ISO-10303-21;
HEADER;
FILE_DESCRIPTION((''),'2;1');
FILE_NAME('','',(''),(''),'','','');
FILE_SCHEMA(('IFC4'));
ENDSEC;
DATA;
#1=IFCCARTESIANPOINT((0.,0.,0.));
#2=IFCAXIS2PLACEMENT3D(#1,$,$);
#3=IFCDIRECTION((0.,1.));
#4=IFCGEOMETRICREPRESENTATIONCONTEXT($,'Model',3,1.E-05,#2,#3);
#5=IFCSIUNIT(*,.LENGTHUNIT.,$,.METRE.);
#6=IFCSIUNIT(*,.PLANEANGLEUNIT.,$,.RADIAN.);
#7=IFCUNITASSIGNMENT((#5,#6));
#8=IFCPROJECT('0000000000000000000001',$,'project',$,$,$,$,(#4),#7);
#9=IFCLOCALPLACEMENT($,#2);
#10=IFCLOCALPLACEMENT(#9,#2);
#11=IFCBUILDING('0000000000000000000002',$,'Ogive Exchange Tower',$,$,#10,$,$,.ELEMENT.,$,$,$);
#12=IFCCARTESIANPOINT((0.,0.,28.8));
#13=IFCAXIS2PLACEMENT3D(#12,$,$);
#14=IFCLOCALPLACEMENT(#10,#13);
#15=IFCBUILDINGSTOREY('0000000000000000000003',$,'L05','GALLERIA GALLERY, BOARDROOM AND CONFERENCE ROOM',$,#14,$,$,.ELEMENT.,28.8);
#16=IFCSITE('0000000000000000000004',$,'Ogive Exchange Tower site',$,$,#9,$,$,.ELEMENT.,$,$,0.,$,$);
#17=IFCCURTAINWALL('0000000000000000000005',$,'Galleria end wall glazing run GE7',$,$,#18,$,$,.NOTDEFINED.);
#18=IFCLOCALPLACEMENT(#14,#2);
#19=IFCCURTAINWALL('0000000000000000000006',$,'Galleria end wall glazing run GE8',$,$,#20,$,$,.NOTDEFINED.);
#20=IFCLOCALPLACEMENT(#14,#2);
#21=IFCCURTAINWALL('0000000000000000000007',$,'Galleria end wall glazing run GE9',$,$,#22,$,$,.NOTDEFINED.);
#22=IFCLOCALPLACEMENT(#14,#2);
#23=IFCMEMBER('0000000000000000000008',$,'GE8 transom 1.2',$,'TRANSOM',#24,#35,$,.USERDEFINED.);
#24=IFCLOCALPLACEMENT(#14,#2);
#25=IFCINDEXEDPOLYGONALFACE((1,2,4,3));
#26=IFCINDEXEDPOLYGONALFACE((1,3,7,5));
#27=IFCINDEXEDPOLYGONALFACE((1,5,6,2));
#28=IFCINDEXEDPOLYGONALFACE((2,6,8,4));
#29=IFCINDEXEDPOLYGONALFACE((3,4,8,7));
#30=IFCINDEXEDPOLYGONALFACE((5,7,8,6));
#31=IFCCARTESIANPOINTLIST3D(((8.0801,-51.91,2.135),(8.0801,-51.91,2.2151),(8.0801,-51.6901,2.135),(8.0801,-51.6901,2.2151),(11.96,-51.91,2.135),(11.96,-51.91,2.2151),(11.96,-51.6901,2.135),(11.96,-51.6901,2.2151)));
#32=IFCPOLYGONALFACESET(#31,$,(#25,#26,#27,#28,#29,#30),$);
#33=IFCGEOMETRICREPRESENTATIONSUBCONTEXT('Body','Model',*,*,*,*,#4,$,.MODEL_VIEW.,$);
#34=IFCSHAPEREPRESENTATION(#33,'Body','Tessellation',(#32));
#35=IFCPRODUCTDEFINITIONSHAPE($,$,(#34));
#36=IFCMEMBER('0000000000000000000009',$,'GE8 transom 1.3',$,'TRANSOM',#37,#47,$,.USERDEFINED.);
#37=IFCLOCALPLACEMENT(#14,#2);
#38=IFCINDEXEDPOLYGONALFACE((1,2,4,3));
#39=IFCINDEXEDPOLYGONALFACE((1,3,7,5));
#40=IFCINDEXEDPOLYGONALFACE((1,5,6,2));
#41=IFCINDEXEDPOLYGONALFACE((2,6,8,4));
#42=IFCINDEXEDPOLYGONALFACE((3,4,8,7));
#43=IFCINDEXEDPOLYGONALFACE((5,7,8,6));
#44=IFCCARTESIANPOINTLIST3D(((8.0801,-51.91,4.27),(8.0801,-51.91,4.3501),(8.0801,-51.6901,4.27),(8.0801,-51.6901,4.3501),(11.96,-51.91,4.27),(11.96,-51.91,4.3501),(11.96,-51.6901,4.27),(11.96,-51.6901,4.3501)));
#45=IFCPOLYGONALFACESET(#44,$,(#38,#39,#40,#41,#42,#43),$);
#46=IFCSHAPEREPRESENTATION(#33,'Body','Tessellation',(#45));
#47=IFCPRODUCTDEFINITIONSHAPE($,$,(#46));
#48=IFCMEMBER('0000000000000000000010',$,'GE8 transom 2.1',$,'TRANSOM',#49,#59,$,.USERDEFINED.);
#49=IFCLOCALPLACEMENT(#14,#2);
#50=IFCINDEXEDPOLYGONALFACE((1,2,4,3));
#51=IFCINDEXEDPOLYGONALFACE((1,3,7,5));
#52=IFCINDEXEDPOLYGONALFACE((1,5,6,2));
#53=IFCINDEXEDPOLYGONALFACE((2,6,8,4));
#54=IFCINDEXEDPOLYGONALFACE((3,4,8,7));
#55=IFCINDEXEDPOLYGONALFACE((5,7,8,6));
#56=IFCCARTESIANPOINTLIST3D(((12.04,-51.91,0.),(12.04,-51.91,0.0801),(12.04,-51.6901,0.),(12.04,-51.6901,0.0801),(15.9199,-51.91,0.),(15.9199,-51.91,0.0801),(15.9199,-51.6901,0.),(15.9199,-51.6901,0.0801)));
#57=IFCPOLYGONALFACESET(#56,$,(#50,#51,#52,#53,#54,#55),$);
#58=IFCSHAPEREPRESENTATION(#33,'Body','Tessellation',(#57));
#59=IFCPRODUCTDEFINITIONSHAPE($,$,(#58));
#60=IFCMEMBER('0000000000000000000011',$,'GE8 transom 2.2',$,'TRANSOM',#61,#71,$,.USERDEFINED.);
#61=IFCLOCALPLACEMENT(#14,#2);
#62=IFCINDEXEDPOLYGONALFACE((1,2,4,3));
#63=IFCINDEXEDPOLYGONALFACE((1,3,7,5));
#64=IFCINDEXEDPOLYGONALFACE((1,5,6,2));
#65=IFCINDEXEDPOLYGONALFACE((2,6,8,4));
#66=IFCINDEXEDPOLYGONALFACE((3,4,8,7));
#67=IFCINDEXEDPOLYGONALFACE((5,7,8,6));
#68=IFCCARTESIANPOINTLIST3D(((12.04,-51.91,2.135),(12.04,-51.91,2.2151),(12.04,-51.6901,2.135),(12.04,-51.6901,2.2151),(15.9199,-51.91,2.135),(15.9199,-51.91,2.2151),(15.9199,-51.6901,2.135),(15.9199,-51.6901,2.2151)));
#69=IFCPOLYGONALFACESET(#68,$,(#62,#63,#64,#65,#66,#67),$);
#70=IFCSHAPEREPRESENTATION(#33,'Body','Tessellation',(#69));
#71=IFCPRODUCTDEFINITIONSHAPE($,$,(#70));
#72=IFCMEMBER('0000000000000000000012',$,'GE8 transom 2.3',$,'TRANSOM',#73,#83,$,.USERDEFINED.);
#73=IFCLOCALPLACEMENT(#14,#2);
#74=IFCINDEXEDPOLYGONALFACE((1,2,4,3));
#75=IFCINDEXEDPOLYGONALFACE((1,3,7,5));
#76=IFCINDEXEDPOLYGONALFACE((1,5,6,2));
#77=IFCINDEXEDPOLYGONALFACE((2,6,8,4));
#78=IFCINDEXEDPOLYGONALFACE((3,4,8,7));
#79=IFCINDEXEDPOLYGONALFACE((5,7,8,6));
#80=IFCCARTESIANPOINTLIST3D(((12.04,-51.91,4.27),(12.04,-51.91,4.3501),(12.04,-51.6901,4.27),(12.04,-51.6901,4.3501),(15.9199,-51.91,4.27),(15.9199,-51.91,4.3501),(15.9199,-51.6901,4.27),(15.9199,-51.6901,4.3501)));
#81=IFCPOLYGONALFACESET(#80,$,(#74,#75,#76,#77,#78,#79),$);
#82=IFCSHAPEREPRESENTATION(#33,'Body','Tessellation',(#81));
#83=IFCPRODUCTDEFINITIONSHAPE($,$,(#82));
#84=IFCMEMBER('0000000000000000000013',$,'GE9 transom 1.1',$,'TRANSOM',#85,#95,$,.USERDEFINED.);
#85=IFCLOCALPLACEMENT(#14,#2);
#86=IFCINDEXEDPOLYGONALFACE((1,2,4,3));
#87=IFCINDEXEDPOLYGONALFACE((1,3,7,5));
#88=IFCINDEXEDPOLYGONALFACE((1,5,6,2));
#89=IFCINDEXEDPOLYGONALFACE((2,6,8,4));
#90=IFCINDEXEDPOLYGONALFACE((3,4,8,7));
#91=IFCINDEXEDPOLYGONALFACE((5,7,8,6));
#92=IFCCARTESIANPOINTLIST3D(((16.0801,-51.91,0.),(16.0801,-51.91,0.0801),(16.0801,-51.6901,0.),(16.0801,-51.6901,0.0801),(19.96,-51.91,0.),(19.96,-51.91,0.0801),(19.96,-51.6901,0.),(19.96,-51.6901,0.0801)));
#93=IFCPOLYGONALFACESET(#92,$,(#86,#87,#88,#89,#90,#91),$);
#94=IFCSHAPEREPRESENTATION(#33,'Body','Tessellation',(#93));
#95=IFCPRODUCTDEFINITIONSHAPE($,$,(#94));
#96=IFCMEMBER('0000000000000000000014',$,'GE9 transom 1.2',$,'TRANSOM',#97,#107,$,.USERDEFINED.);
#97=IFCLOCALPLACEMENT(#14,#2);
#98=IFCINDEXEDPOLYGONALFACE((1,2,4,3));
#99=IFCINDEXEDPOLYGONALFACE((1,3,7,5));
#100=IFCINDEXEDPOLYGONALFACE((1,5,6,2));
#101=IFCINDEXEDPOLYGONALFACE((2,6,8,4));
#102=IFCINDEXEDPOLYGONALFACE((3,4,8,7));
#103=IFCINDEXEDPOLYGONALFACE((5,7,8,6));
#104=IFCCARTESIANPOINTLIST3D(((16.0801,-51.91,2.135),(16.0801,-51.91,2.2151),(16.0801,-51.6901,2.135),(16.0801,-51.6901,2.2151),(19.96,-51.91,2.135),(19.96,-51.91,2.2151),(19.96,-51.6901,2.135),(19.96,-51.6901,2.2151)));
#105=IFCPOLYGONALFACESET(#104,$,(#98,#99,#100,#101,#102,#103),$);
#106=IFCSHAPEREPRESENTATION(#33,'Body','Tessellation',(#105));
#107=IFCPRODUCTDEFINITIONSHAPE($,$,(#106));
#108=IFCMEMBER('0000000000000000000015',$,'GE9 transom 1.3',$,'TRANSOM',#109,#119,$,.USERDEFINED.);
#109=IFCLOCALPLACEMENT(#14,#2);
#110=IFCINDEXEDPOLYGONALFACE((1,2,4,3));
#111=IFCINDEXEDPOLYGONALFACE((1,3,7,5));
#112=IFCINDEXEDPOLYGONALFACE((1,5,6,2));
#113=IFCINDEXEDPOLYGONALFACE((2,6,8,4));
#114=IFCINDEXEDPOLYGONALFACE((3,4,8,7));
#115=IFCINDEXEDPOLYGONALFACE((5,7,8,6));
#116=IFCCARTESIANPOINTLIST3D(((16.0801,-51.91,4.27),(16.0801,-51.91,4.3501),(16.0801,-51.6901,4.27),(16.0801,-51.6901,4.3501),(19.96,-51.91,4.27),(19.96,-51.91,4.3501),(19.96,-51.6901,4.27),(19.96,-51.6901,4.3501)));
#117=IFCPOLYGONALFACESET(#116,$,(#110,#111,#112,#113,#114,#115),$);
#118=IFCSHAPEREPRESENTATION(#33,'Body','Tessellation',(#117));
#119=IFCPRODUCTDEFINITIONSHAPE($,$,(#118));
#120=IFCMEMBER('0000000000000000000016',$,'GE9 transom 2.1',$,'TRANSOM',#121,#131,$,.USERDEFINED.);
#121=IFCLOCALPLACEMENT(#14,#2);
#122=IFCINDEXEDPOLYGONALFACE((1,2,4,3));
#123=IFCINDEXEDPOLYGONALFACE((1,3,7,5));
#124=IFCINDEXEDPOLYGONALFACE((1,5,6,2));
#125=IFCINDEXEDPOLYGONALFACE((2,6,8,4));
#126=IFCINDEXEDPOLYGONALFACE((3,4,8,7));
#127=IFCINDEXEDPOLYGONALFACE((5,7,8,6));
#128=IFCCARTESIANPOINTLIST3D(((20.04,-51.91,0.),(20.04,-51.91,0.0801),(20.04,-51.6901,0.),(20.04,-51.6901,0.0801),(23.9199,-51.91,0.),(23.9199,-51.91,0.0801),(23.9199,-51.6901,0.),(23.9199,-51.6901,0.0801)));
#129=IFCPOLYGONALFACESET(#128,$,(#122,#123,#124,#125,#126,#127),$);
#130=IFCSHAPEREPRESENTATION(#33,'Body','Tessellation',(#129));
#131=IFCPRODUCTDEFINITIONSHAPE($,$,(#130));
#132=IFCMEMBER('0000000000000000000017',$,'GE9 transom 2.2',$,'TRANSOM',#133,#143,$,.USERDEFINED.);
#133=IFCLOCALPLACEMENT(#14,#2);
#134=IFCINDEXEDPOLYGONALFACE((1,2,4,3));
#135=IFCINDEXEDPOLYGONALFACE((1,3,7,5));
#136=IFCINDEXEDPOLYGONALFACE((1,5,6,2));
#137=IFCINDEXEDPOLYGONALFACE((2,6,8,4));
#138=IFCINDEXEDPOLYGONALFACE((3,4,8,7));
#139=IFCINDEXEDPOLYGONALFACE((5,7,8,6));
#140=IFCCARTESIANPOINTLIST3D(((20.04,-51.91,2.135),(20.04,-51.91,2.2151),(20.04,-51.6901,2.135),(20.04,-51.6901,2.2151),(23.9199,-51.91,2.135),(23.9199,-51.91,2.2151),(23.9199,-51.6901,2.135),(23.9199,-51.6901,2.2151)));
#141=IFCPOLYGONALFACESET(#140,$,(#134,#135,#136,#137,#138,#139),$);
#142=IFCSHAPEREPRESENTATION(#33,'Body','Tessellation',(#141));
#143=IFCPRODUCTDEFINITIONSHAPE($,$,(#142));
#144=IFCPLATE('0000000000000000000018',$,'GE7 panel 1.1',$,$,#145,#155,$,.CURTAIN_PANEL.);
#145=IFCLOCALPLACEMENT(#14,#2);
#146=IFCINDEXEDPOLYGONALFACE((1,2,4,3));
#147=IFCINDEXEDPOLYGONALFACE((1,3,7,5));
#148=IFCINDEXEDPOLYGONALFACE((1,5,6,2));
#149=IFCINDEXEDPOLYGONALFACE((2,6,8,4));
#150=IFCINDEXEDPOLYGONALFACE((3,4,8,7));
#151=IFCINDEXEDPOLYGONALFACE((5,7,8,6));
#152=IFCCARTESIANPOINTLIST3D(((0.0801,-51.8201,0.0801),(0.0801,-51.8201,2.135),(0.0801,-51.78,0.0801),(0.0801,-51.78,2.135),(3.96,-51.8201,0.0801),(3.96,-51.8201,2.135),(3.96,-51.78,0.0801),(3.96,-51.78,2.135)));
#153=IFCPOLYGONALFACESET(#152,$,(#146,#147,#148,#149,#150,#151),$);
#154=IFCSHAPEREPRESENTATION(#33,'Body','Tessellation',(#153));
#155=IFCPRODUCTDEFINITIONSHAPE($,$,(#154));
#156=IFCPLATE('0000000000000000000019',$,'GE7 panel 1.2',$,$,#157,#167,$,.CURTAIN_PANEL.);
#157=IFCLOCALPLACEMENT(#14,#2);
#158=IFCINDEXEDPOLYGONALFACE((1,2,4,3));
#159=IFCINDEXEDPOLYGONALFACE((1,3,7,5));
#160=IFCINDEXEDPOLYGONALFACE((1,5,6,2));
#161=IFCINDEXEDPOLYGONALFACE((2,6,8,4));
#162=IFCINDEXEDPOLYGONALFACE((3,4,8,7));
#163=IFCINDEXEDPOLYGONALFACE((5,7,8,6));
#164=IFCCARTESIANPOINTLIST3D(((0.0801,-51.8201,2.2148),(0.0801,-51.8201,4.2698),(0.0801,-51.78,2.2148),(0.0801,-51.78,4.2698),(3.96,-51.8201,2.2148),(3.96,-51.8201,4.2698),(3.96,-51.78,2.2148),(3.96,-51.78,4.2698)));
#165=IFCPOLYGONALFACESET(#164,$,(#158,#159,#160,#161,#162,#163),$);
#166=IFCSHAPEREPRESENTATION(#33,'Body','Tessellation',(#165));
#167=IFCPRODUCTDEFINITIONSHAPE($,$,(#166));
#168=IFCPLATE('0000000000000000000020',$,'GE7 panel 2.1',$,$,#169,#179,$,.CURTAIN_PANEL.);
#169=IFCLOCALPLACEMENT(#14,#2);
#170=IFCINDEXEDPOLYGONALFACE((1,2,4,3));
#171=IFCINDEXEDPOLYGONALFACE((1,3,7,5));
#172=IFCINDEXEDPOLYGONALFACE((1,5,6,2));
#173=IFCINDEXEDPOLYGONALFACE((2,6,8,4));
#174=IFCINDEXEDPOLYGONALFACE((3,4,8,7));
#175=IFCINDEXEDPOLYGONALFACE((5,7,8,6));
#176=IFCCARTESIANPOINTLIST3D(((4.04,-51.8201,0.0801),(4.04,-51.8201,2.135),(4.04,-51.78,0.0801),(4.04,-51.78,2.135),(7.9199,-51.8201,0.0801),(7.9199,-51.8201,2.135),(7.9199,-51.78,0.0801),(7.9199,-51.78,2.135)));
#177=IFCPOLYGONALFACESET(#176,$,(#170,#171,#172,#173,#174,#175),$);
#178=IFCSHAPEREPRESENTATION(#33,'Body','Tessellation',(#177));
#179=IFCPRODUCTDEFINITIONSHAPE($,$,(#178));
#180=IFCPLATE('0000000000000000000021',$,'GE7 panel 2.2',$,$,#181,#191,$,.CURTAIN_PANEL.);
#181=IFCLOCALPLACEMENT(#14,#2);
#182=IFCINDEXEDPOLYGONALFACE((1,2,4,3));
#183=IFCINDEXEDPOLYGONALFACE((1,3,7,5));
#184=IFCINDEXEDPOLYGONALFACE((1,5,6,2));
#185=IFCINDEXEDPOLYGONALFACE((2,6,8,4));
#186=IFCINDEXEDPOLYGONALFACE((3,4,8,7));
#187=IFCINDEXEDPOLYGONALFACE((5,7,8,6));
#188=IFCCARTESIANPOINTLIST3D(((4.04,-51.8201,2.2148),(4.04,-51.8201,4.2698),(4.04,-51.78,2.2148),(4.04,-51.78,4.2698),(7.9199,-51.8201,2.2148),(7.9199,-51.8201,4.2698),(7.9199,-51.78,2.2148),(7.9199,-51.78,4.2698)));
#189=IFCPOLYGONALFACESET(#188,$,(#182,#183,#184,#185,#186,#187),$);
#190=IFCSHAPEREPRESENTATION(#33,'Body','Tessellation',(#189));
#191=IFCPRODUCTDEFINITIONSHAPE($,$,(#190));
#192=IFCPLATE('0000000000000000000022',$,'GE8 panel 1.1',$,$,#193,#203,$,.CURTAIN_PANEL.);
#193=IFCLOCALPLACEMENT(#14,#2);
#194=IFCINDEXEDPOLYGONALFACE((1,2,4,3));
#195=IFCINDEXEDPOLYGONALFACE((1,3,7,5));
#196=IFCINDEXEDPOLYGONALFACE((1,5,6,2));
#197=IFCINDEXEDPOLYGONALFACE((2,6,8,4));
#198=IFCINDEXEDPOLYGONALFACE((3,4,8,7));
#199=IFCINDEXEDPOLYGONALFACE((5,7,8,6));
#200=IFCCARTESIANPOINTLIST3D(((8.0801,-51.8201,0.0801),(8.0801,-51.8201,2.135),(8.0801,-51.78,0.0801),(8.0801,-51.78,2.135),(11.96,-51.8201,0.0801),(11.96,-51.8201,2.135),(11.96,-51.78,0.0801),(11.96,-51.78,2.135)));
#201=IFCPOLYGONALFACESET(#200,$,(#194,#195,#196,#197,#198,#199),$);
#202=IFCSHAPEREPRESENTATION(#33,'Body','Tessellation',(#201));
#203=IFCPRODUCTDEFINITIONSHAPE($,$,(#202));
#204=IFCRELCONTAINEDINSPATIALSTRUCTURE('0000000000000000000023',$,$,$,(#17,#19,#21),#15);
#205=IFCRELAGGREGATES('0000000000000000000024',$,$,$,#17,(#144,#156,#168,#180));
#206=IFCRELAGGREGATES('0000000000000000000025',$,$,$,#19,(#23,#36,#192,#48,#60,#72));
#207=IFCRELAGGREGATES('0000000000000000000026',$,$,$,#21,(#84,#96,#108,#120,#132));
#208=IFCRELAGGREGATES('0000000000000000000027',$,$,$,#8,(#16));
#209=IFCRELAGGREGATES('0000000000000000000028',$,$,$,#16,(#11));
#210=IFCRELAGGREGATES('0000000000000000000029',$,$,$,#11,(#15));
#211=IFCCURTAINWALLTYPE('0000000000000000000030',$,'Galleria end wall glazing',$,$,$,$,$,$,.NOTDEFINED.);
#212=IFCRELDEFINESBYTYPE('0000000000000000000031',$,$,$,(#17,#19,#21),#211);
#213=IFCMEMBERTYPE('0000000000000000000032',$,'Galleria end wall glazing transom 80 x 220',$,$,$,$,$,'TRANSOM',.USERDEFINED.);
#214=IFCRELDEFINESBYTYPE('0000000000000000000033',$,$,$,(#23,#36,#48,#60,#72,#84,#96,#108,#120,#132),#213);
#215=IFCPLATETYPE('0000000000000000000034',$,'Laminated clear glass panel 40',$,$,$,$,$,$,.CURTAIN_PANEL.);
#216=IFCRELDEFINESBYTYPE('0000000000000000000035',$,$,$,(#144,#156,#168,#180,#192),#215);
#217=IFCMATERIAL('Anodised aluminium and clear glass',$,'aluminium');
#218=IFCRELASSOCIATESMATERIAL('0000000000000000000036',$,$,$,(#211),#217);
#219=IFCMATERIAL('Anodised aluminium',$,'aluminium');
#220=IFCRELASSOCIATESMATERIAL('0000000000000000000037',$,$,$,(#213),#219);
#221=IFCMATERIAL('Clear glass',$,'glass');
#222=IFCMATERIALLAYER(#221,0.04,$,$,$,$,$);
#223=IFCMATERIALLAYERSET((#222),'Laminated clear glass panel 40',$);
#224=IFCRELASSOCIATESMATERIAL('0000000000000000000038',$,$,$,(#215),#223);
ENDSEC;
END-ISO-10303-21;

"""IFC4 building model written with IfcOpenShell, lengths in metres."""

from ifc_helpers import new_model, si_unit, direction, frame, origin, origin_2d, place, context, subcontext, project, spatial, rectangle, extrude, material, layer, layer_set, material_profile, profile_set, type_object, element, aggregate, save


model = new_model("IFC4")

# Units and contexts
model_context = context("Model", 3, precision=1e-05, world=origin(), true_north=direction((0.0, 1.0)))
body_context = subcontext(model_context, "Body", "Model", "MODEL_VIEW")
ifc_project = project(units=[si_unit("LENGTHUNIT", "METRE"), si_unit("PLANEANGLEUNIT", "RADIAN")], contexts=[model_context])

# Site, building, storey
site_placement = place(None, origin())
site = spatial("IfcSite", under=ifc_project, at=site_placement, Name="Ogive Exchange Tower site", CompositionType="ELEMENT", RefElevation=0.0)
building_placement = place(site_placement, origin())
building = spatial("IfcBuilding", under=site, at=building_placement, Name="Ogive Exchange Tower", CompositionType="ELEMENT")
storey_placement = place(building_placement, frame((0.0, 0.0, 28.8)))
storey = spatial("IfcBuildingStorey", under=building, at=storey_placement, Name="L05", Description="GALLERIA GALLERY, BOARDROOM AND CONFERENCE ROOM", CompositionType="ELEMENT", Elevation=28.8)

# Curtain walls
ifc_material_1 = material(Name="Anodised aluminium and clear glass", Category="aluminium")
curtain_wall_type = type_object("IfcCurtainWallType", Name="Galleria end wall glazing", PredefinedType="NOTDEFINED", material=ifc_material_1)
curtain_wall_1_placement = place(storey_placement, origin())
curtain_wall_1 = element("IfcCurtainWall", 1, at=curtain_wall_1_placement, inside=storey, type_object=curtain_wall_type, Name="Galleria end wall glazing run GE7", PredefinedType="NOTDEFINED")
ifc_material_2 = material(Name="Anodised aluminium", Category="aluminium")
curtain_wall_2_placement = place(storey_placement, origin())
curtain_wall_2 = element("IfcCurtainWall", 2, at=curtain_wall_2_placement, inside=storey, type_object=curtain_wall_type, Name="Galleria end wall glazing run GE8", PredefinedType="NOTDEFINED")
curtain_wall_3_placement = place(storey_placement, origin())
curtain_wall_3 = element("IfcCurtainWall", 3, at=curtain_wall_3_placement, inside=storey, type_object=curtain_wall_type, Name="Galleria end wall glazing run GE9", PredefinedType="NOTDEFINED")

# Members
ifc_material_profile_1 = material_profile(ifc_material_2, rectangle(XDim=0.22, YDim=0.0801, at=origin_2d()), Name="AL 80x220")
ifc_profile_set_1 = profile_set([ifc_material_profile_1], Name="Anodised aluminium")
member_type_1 = type_object("IfcMemberType", Name="Galleria end wall glazing transom 80 x 220", ElementType="TRANSOM", PredefinedType="USERDEFINED", material=ifc_profile_set_1)
member_1_placement = place(storey_placement, frame((8.0801, -51.8, 2.175), z_axis=(1.0, 0.0, 0.0), x_axis=(0.0, 1.0, 0.0)))
member_1 = element("IfcMember", 4, at=member_1_placement, type_object=member_type_1, Name="GE8 transom 1.2", ObjectType="TRANSOM", PredefinedType="USERDEFINED", context=body_context, shape_type="SweptSolid", body=[
    extrude(rectangle(XDim=0.22, YDim=0.0801, at=origin_2d()), origin(), (0.0, 0.0, 1.0), 3.8799),
])
member_2_placement = place(storey_placement, frame((8.0801, -51.8, 4.3101), z_axis=(1.0, 0.0, 0.0), x_axis=(0.0, 1.0, 0.0)))
member_2 = element("IfcMember", 5, at=member_2_placement, type_object=member_type_1, Name="GE8 transom 1.3", ObjectType="TRANSOM", PredefinedType="USERDEFINED", context=body_context, shape_type="SweptSolid", body=[
    extrude(rectangle(XDim=0.22, YDim=0.0801, at=origin_2d()), origin(), (0.0, 0.0, 1.0), 3.8799),
])
member_3_placement = place(storey_placement, frame((12.04, -51.8, 0.04), z_axis=(1.0, 0.0, 0.0), x_axis=(0.0, 1.0, 0.0)))
member_3 = element("IfcMember", 6, at=member_3_placement, type_object=member_type_1, Name="GE8 transom 2.1", ObjectType="TRANSOM", PredefinedType="USERDEFINED", context=body_context, shape_type="SweptSolid", body=[
    extrude(rectangle(XDim=0.22, YDim=0.0801, at=origin_2d()), origin(), (0.0, 0.0, 1.0), 3.8799),
])
member_4_placement = place(storey_placement, frame((12.04, -51.8, 2.175), z_axis=(1.0, 0.0, 0.0), x_axis=(0.0, 1.0, 0.0)))
member_4 = element("IfcMember", 7, at=member_4_placement, type_object=member_type_1, Name="GE8 transom 2.2", ObjectType="TRANSOM", PredefinedType="USERDEFINED", context=body_context, shape_type="SweptSolid", body=[
    extrude(rectangle(XDim=0.22, YDim=0.0801, at=origin_2d()), origin(), (0.0, 0.0, 1.0), 3.8799),
])
member_5_placement = place(storey_placement, frame((12.04, -51.8, 4.3101), z_axis=(1.0, 0.0, 0.0), x_axis=(0.0, 1.0, 0.0)))
member_5 = element("IfcMember", 8, at=member_5_placement, type_object=member_type_1, Name="GE8 transom 2.3", ObjectType="TRANSOM", PredefinedType="USERDEFINED", context=body_context, shape_type="SweptSolid", body=[
    extrude(rectangle(XDim=0.22, YDim=0.0801, at=origin_2d()), origin(), (0.0, 0.0, 1.0), 3.8799),
])
member_6_placement = place(storey_placement, frame((16.0801, -51.8, 0.04), z_axis=(1.0, 0.0, 0.0), x_axis=(0.0, 1.0, 0.0)))
member_6 = element("IfcMember", 9, at=member_6_placement, type_object=member_type_1, Name="GE9 transom 1.1", ObjectType="TRANSOM", PredefinedType="USERDEFINED", context=body_context, shape_type="SweptSolid", body=[
    extrude(rectangle(XDim=0.22, YDim=0.0801, at=origin_2d()), origin(), (0.0, 0.0, 1.0), 3.8799),
])
member_7_placement = place(storey_placement, frame((16.0801, -51.8, 2.175), z_axis=(1.0, 0.0, 0.0), x_axis=(0.0, 1.0, 0.0)))
member_7 = element("IfcMember", 10, at=member_7_placement, type_object=member_type_1, Name="GE9 transom 1.2", ObjectType="TRANSOM", PredefinedType="USERDEFINED", context=body_context, shape_type="SweptSolid", body=[
    extrude(rectangle(XDim=0.22, YDim=0.0801, at=origin_2d()), origin(), (0.0, 0.0, 1.0), 3.8799),
])
member_8_placement = place(storey_placement, frame((16.0801, -51.8, 4.3101), z_axis=(1.0, 0.0, 0.0), x_axis=(0.0, 1.0, 0.0)))
member_8 = element("IfcMember", 11, at=member_8_placement, type_object=member_type_1, Name="GE9 transom 1.3", ObjectType="TRANSOM", PredefinedType="USERDEFINED", context=body_context, shape_type="SweptSolid", body=[
    extrude(rectangle(XDim=0.22, YDim=0.0801, at=origin_2d()), origin(), (0.0, 0.0, 1.0), 3.8799),
])
member_9_placement = place(storey_placement, frame((20.04, -51.8, 0.04), z_axis=(1.0, 0.0, 0.0), x_axis=(0.0, 1.0, 0.0)))
member_9 = element("IfcMember", 12, at=member_9_placement, type_object=member_type_1, Name="GE9 transom 2.1", ObjectType="TRANSOM", PredefinedType="USERDEFINED", context=body_context, shape_type="SweptSolid", body=[
    extrude(rectangle(XDim=0.22, YDim=0.0801, at=origin_2d()), origin(), (0.0, 0.0, 1.0), 3.8799),
])
member_10_placement = place(storey_placement, frame((20.04, -51.8, 2.175), z_axis=(1.0, 0.0, 0.0), x_axis=(0.0, 1.0, 0.0)))
member_10 = element("IfcMember", 13, at=member_10_placement, type_object=member_type_1, Name="GE9 transom 2.2", ObjectType="TRANSOM", PredefinedType="USERDEFINED", context=body_context, shape_type="SweptSolid", body=[
    extrude(rectangle(XDim=0.22, YDim=0.0801, at=origin_2d()), origin(), (0.0, 0.0, 1.0), 3.8799),
])

# Plates
ifc_material_3 = material(Name="Clear glass", Category="glass")
ifc_layer = layer(ifc_material_3, 0.04)
ifc_layer_set = layer_set([ifc_layer], Name="Laminated clear glass panel 40")
plate_type = type_object("IfcPlateType", Name="Laminated clear glass panel 40", PredefinedType="CURTAIN_PANEL", material=ifc_layer_set)
plate_1_placement = place(storey_placement, frame((2.02, -51.8, 0.0801), z_axis=(0.0, 0.0, 1.0), x_axis=(1.0, 0.0, 0.0)))
plate_1 = element("IfcPlate", 14, at=plate_1_placement, type_object=plate_type, Name="GE7 panel 1.1", PredefinedType="CURTAIN_PANEL", context=body_context, shape_type="SweptSolid", body=[
    extrude(rectangle(XDim=3.8799, YDim=0.04, at=origin_2d()), origin(), (0.0, 0.0, 1.0), 2.0549),
])
plate_2_placement = place(storey_placement, frame((2.02, -51.8, 2.2148), z_axis=(0.0, 0.0, 1.0), x_axis=(1.0, 0.0, 0.0)))
plate_2 = element("IfcPlate", 15, at=plate_2_placement, type_object=plate_type, Name="GE7 panel 1.2", PredefinedType="CURTAIN_PANEL", context=body_context, shape_type="SweptSolid", body=[
    extrude(rectangle(XDim=3.8799, YDim=0.04, at=origin_2d()), origin(), (0.0, 0.0, 1.0), 2.0549),
])
plate_3_placement = place(storey_placement, frame((5.98, -51.8, 0.0801), z_axis=(0.0, 0.0, 1.0), x_axis=(1.0, 0.0, 0.0)))
plate_3 = element("IfcPlate", 16, at=plate_3_placement, type_object=plate_type, Name="GE7 panel 2.1", PredefinedType="CURTAIN_PANEL", context=body_context, shape_type="SweptSolid", body=[
    extrude(rectangle(XDim=3.8799, YDim=0.04, at=origin_2d()), origin(), (0.0, 0.0, 1.0), 2.0549),
])
plate_4_placement = place(storey_placement, frame((5.98, -51.8, 2.2148), z_axis=(0.0, 0.0, 1.0), x_axis=(1.0, 0.0, 0.0)))
plate_4 = element("IfcPlate", 17, at=plate_4_placement, type_object=plate_type, Name="GE7 panel 2.2", PredefinedType="CURTAIN_PANEL", context=body_context, shape_type="SweptSolid", body=[
    extrude(rectangle(XDim=3.8799, YDim=0.04, at=origin_2d()), origin(), (0.0, 0.0, 1.0), 2.0549),
])
aggregate(curtain_wall_1, [plate_1, plate_2, plate_3, plate_4])
plate_5_placement = place(storey_placement, frame((10.02, -51.8, 0.0801), z_axis=(0.0, 0.0, 1.0), x_axis=(1.0, 0.0, 0.0)))
plate_5 = element("IfcPlate", 18, at=plate_5_placement, type_object=plate_type, Name="GE8 panel 1.1", PredefinedType="CURTAIN_PANEL", context=body_context, shape_type="SweptSolid", body=[
    extrude(rectangle(XDim=3.8799, YDim=0.04, at=origin_2d()), origin(), (0.0, 0.0, 1.0), 2.0549),
])
aggregate(curtain_wall_2, [member_1, member_2, plate_5, member_3, member_4, member_5])
aggregate(curtain_wall_3, [member_6, member_7, member_8, member_9, member_10])

save(model, "model.ifc")
